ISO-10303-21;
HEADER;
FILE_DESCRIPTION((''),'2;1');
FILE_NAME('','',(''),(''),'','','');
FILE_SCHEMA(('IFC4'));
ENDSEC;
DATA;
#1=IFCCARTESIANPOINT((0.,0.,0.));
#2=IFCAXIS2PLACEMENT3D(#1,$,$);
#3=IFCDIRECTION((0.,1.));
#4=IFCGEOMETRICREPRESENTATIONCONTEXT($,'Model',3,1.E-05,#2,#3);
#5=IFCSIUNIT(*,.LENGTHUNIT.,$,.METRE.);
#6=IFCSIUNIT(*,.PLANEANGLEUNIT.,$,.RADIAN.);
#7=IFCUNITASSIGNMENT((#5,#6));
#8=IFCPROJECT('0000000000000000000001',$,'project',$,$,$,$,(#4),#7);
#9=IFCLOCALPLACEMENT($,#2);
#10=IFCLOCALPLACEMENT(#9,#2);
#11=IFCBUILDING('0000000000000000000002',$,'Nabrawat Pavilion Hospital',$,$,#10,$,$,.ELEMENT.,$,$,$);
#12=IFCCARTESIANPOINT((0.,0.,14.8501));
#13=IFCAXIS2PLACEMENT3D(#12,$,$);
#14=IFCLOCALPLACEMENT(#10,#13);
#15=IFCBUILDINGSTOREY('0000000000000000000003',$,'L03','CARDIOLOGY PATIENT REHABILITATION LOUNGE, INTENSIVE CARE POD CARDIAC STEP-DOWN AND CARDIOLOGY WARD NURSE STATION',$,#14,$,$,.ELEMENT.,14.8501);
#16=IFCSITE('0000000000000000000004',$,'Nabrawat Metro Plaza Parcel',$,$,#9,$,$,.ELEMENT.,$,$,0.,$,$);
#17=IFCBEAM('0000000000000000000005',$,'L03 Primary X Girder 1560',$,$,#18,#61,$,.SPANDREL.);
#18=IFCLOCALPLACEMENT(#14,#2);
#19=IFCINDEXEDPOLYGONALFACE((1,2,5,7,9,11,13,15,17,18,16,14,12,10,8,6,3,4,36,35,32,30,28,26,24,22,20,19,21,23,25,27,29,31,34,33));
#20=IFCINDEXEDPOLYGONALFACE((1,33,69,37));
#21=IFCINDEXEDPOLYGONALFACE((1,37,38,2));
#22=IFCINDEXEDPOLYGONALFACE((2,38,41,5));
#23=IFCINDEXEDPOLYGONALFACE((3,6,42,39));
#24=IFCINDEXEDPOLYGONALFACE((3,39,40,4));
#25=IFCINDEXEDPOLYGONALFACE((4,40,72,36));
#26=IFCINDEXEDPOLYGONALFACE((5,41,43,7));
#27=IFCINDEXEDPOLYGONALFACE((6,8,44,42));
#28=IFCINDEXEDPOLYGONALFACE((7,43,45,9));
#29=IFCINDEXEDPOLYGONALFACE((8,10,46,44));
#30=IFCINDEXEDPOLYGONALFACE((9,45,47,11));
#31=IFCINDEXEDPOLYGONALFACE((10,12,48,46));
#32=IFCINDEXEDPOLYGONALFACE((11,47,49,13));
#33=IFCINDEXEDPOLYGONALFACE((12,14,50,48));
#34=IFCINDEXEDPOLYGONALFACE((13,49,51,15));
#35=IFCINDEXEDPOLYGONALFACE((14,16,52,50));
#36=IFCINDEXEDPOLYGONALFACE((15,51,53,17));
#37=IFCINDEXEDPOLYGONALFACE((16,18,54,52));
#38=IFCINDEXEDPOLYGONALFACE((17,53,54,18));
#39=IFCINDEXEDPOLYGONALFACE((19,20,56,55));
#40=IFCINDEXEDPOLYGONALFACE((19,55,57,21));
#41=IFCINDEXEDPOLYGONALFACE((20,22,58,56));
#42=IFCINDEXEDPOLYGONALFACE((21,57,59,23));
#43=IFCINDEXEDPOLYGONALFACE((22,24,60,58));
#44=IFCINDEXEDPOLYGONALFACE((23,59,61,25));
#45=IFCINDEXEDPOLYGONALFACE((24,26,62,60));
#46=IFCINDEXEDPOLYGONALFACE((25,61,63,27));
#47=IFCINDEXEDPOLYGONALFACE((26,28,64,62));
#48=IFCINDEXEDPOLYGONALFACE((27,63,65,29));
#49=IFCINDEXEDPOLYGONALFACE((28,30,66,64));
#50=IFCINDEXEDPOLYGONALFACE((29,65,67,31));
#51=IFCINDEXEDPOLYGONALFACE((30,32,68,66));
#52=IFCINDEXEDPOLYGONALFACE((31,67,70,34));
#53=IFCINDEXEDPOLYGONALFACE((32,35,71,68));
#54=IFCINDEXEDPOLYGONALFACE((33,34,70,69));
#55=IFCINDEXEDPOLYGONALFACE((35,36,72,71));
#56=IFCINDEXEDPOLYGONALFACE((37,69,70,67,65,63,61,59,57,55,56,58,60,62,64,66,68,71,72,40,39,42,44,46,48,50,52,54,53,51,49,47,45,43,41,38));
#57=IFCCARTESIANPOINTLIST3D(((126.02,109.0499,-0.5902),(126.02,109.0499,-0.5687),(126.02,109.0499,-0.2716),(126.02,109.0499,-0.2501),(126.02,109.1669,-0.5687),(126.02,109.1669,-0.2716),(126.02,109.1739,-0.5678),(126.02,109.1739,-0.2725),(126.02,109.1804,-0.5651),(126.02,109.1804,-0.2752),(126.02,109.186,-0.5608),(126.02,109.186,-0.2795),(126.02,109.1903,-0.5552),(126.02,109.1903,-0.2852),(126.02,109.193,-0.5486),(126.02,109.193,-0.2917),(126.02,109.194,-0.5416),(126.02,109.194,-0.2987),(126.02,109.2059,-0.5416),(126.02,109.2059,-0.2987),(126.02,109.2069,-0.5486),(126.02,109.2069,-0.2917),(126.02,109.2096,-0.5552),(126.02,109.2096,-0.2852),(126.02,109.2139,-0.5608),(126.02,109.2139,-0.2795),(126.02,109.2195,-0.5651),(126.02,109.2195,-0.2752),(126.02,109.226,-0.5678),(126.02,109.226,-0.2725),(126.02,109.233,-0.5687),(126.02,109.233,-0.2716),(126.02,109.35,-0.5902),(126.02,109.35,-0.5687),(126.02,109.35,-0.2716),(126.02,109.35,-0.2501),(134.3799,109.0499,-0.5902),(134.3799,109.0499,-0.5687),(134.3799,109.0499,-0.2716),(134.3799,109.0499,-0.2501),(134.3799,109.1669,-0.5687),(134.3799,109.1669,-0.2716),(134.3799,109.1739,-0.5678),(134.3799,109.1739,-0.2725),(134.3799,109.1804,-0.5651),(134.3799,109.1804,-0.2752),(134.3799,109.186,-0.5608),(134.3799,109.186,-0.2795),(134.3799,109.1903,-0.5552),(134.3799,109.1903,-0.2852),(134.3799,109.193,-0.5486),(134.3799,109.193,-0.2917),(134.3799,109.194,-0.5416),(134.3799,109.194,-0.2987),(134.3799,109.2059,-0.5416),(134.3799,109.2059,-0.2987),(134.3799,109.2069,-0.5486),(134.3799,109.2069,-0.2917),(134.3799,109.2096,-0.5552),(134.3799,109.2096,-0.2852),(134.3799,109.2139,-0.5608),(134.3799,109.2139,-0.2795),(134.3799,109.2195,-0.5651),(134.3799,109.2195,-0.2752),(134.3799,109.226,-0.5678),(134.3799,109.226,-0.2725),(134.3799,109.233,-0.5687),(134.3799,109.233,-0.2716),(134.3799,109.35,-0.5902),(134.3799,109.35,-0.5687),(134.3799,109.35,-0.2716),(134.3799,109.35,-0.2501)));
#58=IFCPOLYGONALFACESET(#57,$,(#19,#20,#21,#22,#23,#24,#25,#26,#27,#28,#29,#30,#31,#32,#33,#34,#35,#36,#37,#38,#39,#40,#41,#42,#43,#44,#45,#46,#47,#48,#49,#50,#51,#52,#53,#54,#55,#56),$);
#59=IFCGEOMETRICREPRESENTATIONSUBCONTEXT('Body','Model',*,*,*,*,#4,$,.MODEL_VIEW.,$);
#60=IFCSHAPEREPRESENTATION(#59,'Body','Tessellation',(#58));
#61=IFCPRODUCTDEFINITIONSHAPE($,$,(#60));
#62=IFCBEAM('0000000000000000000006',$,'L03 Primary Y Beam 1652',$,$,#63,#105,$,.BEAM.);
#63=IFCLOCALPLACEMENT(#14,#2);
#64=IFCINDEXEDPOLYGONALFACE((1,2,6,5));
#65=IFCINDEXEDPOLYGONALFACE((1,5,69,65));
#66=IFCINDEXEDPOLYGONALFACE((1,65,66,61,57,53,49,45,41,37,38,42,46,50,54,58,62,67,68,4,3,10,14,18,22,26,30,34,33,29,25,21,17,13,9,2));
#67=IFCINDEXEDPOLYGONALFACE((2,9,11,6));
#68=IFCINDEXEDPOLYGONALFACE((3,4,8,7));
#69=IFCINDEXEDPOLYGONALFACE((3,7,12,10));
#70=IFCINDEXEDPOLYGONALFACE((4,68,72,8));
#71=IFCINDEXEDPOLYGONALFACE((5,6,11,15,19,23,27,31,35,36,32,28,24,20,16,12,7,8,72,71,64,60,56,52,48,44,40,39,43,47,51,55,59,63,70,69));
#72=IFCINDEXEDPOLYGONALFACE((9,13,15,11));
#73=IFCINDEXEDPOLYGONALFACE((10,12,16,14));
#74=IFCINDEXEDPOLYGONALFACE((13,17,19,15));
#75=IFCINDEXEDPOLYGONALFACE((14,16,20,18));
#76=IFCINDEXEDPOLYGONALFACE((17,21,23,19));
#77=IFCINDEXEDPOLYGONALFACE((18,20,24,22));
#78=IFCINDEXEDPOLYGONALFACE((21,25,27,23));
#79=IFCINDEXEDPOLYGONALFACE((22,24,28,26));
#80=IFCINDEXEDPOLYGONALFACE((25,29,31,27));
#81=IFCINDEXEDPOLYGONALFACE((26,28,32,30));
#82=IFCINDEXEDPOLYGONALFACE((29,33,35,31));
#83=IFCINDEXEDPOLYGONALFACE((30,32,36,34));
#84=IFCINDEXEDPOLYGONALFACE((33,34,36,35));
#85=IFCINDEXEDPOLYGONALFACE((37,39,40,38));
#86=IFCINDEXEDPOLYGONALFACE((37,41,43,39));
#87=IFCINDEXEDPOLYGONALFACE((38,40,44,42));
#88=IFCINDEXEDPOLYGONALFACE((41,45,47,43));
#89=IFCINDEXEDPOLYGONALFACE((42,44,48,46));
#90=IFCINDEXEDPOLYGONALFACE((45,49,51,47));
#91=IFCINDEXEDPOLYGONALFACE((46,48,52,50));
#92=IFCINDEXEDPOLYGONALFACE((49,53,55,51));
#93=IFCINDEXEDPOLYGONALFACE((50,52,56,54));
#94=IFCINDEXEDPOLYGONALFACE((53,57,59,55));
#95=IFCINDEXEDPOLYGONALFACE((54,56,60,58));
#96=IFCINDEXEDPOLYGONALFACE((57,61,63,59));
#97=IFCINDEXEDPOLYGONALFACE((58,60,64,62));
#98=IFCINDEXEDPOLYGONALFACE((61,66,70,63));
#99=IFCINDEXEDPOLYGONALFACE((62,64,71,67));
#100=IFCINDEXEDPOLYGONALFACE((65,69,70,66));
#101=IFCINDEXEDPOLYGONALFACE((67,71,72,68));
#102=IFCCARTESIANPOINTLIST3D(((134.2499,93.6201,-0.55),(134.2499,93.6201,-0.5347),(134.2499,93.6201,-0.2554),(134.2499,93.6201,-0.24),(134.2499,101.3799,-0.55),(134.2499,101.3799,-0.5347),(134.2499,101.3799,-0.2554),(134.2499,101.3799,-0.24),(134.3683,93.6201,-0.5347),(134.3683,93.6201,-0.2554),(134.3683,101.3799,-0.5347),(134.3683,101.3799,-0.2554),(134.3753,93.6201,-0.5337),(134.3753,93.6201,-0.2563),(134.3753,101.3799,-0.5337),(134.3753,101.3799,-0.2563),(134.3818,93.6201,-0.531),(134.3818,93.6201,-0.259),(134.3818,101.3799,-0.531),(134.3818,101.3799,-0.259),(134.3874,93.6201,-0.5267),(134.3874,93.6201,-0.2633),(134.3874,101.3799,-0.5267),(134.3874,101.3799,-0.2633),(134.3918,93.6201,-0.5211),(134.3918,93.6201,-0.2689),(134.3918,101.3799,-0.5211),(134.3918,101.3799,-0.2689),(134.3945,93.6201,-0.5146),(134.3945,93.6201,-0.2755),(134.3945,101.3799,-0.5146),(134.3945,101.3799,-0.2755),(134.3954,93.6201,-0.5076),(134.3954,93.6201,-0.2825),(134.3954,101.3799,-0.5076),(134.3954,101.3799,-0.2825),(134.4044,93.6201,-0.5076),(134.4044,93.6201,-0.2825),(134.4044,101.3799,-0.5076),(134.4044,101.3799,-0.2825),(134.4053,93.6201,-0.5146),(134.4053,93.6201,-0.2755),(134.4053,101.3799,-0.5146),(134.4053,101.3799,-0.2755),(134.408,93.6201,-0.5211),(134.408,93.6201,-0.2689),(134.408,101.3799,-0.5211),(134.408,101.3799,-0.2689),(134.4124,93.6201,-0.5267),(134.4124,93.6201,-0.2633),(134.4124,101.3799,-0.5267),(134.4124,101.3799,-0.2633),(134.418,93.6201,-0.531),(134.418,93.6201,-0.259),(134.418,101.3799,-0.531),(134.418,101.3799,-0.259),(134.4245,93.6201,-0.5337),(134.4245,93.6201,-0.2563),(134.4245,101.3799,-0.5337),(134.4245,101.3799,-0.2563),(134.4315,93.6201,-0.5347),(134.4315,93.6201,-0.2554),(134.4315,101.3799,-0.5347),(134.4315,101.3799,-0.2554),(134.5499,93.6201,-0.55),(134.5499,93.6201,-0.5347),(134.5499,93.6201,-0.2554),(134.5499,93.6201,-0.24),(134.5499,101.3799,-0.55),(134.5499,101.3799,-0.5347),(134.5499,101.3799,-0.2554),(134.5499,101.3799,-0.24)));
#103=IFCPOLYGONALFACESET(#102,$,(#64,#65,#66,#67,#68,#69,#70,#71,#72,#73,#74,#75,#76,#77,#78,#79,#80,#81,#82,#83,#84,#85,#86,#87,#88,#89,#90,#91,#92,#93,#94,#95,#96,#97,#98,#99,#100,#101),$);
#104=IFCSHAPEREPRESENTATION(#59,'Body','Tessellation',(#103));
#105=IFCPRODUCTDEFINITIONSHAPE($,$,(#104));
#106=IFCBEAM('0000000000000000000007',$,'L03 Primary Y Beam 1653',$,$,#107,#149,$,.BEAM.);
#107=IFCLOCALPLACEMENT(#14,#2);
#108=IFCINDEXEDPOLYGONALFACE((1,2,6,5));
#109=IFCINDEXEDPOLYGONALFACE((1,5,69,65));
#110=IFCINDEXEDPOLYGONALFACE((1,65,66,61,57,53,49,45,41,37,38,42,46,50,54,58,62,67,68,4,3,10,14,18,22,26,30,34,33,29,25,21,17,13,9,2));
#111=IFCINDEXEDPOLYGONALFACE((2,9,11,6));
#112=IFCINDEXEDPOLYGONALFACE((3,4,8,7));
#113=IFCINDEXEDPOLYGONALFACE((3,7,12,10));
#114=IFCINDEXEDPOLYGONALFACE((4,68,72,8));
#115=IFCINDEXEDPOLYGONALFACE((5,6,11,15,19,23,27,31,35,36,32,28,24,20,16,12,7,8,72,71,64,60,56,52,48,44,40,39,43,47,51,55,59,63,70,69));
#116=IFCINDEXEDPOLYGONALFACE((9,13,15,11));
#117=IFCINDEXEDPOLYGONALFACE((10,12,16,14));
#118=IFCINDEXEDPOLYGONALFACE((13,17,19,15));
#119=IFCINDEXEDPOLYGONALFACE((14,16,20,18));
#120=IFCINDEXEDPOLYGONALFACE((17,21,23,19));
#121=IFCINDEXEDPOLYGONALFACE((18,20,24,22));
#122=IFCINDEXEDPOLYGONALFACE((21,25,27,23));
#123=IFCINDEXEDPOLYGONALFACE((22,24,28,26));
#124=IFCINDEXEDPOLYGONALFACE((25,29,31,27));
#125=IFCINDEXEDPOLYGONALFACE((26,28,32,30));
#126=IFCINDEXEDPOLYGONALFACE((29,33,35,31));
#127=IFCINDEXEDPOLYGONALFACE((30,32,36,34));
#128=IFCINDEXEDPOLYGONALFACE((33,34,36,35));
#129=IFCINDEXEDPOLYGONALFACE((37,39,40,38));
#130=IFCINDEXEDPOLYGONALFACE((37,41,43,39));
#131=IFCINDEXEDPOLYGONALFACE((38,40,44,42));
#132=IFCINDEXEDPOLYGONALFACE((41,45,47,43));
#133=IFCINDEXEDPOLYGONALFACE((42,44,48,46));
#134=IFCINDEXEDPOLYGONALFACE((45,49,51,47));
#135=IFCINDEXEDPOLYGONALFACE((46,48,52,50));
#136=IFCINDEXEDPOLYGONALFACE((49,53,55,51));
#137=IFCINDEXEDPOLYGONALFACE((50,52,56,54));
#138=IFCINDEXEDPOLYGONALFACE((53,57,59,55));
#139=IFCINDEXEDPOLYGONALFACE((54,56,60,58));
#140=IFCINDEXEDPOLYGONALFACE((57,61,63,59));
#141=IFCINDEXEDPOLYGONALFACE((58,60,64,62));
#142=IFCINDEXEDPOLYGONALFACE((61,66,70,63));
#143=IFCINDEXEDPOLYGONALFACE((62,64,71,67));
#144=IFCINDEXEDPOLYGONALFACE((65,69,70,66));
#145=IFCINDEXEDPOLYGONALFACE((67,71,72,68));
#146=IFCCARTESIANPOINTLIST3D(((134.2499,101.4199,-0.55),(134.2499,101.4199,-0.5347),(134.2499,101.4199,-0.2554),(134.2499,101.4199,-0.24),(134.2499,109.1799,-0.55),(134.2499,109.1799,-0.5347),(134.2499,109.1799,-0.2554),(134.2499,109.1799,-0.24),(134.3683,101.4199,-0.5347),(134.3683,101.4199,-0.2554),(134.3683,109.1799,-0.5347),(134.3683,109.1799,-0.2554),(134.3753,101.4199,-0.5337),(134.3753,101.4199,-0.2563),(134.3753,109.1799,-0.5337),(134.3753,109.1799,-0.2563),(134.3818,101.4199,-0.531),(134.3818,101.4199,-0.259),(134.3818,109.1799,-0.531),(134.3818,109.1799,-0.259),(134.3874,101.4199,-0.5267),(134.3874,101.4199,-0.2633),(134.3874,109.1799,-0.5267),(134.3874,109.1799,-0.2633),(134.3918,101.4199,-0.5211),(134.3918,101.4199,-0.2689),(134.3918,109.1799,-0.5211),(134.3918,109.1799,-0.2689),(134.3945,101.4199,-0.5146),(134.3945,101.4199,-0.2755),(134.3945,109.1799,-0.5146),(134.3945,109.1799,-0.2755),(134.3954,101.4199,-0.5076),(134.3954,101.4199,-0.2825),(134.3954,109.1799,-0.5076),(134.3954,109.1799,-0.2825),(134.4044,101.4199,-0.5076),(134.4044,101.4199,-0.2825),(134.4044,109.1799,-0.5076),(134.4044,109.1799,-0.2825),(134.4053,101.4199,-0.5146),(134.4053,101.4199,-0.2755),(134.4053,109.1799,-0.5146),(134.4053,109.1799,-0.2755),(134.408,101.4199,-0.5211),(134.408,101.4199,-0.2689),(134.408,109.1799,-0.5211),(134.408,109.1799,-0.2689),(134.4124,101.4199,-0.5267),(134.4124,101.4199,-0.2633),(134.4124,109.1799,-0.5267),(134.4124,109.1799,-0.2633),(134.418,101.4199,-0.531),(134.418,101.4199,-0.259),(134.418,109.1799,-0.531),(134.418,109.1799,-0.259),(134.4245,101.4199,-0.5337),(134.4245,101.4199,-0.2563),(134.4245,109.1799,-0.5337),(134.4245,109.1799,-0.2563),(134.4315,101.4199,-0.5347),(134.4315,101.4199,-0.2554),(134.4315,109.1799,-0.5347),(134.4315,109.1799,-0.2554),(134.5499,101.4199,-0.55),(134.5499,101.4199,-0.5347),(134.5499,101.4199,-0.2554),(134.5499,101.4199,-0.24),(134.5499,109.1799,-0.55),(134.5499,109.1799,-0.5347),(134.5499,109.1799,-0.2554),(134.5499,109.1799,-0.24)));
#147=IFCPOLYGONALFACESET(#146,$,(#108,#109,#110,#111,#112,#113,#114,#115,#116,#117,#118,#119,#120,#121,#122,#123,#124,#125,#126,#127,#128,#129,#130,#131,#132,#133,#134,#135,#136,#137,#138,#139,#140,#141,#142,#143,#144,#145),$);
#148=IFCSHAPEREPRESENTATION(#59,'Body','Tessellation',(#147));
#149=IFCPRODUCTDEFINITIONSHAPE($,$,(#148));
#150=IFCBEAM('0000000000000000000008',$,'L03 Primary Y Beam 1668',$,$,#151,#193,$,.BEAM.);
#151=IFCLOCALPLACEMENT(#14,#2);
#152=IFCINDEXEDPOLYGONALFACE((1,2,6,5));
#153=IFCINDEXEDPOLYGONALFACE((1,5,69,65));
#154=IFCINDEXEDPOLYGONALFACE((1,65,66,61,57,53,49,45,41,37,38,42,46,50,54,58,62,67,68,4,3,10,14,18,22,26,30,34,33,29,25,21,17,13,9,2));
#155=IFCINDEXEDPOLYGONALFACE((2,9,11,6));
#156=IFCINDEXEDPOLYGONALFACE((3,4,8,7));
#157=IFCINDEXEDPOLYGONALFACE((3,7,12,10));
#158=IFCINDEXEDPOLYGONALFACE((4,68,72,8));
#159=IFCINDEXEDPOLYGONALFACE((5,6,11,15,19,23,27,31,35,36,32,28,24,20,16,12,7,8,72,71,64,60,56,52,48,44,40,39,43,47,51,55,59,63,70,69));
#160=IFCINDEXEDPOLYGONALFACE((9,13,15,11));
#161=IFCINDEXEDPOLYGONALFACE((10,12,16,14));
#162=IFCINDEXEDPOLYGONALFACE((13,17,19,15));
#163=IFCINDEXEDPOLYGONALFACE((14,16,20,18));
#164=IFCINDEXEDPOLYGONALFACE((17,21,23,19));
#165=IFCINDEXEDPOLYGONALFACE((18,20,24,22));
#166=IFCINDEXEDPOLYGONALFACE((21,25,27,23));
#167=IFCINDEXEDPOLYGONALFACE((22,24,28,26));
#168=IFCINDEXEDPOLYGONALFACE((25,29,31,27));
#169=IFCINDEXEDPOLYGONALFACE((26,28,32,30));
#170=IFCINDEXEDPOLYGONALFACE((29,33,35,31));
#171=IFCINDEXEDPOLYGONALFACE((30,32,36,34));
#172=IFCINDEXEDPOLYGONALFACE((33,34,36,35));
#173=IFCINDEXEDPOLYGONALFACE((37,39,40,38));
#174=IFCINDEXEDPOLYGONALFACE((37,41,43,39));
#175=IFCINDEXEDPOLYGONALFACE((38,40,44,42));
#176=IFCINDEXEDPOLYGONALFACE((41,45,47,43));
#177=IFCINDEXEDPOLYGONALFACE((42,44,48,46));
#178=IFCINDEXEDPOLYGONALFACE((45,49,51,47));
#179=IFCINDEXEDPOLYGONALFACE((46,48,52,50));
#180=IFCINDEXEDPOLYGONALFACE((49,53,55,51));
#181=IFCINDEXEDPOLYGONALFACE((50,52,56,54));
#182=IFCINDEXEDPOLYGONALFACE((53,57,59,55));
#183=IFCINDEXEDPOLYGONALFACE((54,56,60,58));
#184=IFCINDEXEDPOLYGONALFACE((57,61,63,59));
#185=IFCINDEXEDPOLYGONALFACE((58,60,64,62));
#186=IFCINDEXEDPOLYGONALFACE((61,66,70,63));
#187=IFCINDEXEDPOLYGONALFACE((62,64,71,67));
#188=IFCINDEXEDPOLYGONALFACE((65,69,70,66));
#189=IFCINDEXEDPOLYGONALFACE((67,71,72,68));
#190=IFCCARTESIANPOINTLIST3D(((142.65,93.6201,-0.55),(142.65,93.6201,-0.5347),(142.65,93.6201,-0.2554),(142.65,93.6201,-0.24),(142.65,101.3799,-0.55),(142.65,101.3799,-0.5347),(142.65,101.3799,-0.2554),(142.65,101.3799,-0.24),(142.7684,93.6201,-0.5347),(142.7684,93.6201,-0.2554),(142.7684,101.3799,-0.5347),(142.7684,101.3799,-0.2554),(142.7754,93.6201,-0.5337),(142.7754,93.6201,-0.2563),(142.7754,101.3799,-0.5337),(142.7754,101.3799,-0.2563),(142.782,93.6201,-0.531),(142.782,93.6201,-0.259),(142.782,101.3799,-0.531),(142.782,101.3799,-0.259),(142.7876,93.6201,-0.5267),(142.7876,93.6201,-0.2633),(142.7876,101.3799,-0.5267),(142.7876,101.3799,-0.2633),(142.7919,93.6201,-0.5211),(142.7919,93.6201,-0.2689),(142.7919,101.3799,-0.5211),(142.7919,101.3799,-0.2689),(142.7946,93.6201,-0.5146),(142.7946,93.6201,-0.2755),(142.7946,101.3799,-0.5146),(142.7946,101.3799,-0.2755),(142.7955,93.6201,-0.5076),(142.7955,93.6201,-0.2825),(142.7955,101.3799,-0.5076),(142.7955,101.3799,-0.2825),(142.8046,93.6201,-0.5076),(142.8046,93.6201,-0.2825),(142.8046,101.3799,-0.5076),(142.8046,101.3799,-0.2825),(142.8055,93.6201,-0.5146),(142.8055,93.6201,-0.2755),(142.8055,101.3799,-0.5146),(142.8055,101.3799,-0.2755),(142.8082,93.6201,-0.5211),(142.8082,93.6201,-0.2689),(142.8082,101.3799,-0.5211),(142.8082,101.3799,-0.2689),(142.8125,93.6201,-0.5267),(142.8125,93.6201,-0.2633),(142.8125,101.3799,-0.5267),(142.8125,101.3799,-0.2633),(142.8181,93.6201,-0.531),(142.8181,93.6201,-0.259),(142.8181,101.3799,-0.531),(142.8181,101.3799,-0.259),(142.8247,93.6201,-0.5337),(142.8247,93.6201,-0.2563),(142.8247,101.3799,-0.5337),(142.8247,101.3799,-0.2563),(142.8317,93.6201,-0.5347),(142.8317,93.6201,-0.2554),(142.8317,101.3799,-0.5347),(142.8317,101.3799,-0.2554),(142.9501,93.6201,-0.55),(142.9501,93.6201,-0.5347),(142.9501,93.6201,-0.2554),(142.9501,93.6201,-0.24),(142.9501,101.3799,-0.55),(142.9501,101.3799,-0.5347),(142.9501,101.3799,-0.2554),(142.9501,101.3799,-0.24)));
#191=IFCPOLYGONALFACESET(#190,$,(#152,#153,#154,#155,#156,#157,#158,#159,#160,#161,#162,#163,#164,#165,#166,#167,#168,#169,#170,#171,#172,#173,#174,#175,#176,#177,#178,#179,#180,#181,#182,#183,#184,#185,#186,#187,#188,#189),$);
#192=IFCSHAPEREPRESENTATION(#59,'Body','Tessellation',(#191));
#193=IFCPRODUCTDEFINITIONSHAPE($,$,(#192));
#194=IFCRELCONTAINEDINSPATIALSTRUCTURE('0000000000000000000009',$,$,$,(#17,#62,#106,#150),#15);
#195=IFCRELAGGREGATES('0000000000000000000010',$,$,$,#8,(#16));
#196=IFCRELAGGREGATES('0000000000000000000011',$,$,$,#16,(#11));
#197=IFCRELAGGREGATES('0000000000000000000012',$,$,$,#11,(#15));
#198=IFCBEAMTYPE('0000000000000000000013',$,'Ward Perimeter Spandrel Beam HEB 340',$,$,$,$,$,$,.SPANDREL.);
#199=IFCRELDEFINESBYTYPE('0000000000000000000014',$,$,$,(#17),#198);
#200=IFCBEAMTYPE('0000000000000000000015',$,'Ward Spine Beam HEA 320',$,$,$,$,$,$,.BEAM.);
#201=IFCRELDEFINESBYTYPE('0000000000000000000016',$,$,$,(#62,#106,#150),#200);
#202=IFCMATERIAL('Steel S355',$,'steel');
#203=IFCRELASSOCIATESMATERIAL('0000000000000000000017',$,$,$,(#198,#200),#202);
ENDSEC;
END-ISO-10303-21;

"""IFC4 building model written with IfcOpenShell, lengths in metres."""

from ifc_helpers import new_model, si_unit, direction, frame, origin, origin_2d, place, context, subcontext, project, spatial, i_section, extrude, material, material_profile, profile_set, type_object, element, save


model = new_model("IFC4")

# Units and contexts
model_context = context("Model", 3, precision=1e-05, world=origin(), true_north=direction((0.0, 1.0)))
body_context = subcontext(model_context, "Body", "Model", "MODEL_VIEW")
ifc_project = project(units=[si_unit("LENGTHUNIT", "METRE"), si_unit("PLANEANGLEUNIT", "RADIAN")], contexts=[model_context])

# Site, building, storey
site_placement = place(None, origin())
site = spatial("IfcSite", under=ifc_project, at=site_placement, Name="Nabrawat Metro Plaza Parcel", CompositionType="ELEMENT", RefElevation=0.0)
building_placement = place(site_placement, origin())
building = spatial("IfcBuilding", under=site, at=building_placement, Name="Nabrawat Pavilion Hospital", CompositionType="ELEMENT")
storey_placement = place(building_placement, frame((0.0, 0.0, 14.8501)))
storey = spatial("IfcBuildingStorey", under=building, at=storey_placement, Name="L03", Description="CARDIOLOGY PATIENT REHABILITATION LOUNGE, INTENSIVE CARE POD CARDIAC STEP-DOWN AND CARDIOLOGY WARD NURSE STATION", CompositionType="ELEMENT", Elevation=14.8501)

# Shared definitions
ifc_material_1 = material(Name="Steel S355", Category="steel")

# Beams
ifc_material_profile_1 = material_profile(ifc_material_1, i_section(OverallWidth=0.3, OverallDepth=0.3401, WebThickness=0.012, FlangeThickness=0.0215, FilletRadius=0.0271, at=origin_2d()), Name="HEB 340")
ifc_profile_set_1 = profile_set([ifc_material_profile_1], Name="Steel S355")
beam_type_1 = type_object("IfcBeamType", Name="Ward Perimeter Spandrel Beam HEB 340", PredefinedType="SPANDREL", material=ifc_profile_set_1)
for number, where, z_axis, x_axis, name in (
    (1, (126.02, 109.2, -0.4202), (1.0, 0.0, 0.0), (0.0, 1.0, 0.0), "L03 Primary X Girder 1560"),
):
    element("IfcBeam", number, at=place(storey_placement, frame(where, z_axis=z_axis, x_axis=x_axis)), inside=storey, type_object=beam_type_1, Name=name, PredefinedType="SPANDREL", context=body_context, shape_type="SweptSolid", body=[
        extrude(i_section(OverallWidth=0.3, OverallDepth=0.3401, WebThickness=0.012, FlangeThickness=0.0215, FilletRadius=0.0271, at=origin_2d()), origin(), (0.0, 0.0, 1.0), 8.3599),
    ])
ifc_material_profile_2 = material_profile(ifc_material_1, i_section(OverallWidth=0.3, OverallDepth=0.3101, WebThickness=0.009, FlangeThickness=0.0154, FilletRadius=0.0271, at=origin_2d()), Name="HEA 320")
ifc_profile_set_2 = profile_set([ifc_material_profile_2], Name="Steel S355")
beam_type_2 = type_object("IfcBeamType", Name="Ward Spine Beam HEA 320", PredefinedType="BEAM", material=ifc_profile_set_2)
beam_1_placement = place(storey_placement, frame((134.3999, 93.6201, -0.395), z_axis=(0.0, 1.0, 0.0), x_axis=(-1.0, 0.0, 0.0)))
element("IfcBeam", 2, at=beam_1_placement, inside=storey, type_object=beam_type_2, Name="L03 Primary Y Beam 1652", PredefinedType="BEAM", context=body_context, shape_type="SweptSolid", body=[
    extrude(i_section(OverallWidth=0.3, OverallDepth=0.3101, WebThickness=0.009, FlangeThickness=0.0154, FilletRadius=0.0271, at=origin_2d()), origin(), (0.0, 0.0, 1.0), 7.7598),
])
beam_2_placement = place(storey_placement, frame((134.3999, 101.4199, -0.395), z_axis=(0.0, 1.0, 0.0), x_axis=(-1.0, 0.0, 0.0)))
element("IfcBeam", 3, at=beam_2_placement, inside=storey, type_object=beam_type_2, Name="L03 Primary Y Beam 1653", PredefinedType="BEAM", context=body_context, shape_type="SweptSolid", body=[
    extrude(i_section(OverallWidth=0.3, OverallDepth=0.3101, WebThickness=0.009, FlangeThickness=0.0154, FilletRadius=0.0271, at=origin_2d()), origin(), (0.0, 0.0, 1.0), 7.76),
])
beam_3_placement = place(storey_placement, frame((142.8, 93.6201, -0.395), z_axis=(0.0, 1.0, 0.0), x_axis=(-1.0, 0.0, 0.0)))
element("IfcBeam", 4, at=beam_3_placement, inside=storey, type_object=beam_type_2, Name="L03 Primary Y Beam 1668", PredefinedType="BEAM", context=body_context, shape_type="SweptSolid", body=[
    extrude(i_section(OverallWidth=0.3, OverallDepth=0.3101, WebThickness=0.009, FlangeThickness=0.0154, FilletRadius=0.0271, at=origin_2d()), origin(), (0.0, 0.0, 1.0), 7.7598),
])

save(model, "model.ifc")
